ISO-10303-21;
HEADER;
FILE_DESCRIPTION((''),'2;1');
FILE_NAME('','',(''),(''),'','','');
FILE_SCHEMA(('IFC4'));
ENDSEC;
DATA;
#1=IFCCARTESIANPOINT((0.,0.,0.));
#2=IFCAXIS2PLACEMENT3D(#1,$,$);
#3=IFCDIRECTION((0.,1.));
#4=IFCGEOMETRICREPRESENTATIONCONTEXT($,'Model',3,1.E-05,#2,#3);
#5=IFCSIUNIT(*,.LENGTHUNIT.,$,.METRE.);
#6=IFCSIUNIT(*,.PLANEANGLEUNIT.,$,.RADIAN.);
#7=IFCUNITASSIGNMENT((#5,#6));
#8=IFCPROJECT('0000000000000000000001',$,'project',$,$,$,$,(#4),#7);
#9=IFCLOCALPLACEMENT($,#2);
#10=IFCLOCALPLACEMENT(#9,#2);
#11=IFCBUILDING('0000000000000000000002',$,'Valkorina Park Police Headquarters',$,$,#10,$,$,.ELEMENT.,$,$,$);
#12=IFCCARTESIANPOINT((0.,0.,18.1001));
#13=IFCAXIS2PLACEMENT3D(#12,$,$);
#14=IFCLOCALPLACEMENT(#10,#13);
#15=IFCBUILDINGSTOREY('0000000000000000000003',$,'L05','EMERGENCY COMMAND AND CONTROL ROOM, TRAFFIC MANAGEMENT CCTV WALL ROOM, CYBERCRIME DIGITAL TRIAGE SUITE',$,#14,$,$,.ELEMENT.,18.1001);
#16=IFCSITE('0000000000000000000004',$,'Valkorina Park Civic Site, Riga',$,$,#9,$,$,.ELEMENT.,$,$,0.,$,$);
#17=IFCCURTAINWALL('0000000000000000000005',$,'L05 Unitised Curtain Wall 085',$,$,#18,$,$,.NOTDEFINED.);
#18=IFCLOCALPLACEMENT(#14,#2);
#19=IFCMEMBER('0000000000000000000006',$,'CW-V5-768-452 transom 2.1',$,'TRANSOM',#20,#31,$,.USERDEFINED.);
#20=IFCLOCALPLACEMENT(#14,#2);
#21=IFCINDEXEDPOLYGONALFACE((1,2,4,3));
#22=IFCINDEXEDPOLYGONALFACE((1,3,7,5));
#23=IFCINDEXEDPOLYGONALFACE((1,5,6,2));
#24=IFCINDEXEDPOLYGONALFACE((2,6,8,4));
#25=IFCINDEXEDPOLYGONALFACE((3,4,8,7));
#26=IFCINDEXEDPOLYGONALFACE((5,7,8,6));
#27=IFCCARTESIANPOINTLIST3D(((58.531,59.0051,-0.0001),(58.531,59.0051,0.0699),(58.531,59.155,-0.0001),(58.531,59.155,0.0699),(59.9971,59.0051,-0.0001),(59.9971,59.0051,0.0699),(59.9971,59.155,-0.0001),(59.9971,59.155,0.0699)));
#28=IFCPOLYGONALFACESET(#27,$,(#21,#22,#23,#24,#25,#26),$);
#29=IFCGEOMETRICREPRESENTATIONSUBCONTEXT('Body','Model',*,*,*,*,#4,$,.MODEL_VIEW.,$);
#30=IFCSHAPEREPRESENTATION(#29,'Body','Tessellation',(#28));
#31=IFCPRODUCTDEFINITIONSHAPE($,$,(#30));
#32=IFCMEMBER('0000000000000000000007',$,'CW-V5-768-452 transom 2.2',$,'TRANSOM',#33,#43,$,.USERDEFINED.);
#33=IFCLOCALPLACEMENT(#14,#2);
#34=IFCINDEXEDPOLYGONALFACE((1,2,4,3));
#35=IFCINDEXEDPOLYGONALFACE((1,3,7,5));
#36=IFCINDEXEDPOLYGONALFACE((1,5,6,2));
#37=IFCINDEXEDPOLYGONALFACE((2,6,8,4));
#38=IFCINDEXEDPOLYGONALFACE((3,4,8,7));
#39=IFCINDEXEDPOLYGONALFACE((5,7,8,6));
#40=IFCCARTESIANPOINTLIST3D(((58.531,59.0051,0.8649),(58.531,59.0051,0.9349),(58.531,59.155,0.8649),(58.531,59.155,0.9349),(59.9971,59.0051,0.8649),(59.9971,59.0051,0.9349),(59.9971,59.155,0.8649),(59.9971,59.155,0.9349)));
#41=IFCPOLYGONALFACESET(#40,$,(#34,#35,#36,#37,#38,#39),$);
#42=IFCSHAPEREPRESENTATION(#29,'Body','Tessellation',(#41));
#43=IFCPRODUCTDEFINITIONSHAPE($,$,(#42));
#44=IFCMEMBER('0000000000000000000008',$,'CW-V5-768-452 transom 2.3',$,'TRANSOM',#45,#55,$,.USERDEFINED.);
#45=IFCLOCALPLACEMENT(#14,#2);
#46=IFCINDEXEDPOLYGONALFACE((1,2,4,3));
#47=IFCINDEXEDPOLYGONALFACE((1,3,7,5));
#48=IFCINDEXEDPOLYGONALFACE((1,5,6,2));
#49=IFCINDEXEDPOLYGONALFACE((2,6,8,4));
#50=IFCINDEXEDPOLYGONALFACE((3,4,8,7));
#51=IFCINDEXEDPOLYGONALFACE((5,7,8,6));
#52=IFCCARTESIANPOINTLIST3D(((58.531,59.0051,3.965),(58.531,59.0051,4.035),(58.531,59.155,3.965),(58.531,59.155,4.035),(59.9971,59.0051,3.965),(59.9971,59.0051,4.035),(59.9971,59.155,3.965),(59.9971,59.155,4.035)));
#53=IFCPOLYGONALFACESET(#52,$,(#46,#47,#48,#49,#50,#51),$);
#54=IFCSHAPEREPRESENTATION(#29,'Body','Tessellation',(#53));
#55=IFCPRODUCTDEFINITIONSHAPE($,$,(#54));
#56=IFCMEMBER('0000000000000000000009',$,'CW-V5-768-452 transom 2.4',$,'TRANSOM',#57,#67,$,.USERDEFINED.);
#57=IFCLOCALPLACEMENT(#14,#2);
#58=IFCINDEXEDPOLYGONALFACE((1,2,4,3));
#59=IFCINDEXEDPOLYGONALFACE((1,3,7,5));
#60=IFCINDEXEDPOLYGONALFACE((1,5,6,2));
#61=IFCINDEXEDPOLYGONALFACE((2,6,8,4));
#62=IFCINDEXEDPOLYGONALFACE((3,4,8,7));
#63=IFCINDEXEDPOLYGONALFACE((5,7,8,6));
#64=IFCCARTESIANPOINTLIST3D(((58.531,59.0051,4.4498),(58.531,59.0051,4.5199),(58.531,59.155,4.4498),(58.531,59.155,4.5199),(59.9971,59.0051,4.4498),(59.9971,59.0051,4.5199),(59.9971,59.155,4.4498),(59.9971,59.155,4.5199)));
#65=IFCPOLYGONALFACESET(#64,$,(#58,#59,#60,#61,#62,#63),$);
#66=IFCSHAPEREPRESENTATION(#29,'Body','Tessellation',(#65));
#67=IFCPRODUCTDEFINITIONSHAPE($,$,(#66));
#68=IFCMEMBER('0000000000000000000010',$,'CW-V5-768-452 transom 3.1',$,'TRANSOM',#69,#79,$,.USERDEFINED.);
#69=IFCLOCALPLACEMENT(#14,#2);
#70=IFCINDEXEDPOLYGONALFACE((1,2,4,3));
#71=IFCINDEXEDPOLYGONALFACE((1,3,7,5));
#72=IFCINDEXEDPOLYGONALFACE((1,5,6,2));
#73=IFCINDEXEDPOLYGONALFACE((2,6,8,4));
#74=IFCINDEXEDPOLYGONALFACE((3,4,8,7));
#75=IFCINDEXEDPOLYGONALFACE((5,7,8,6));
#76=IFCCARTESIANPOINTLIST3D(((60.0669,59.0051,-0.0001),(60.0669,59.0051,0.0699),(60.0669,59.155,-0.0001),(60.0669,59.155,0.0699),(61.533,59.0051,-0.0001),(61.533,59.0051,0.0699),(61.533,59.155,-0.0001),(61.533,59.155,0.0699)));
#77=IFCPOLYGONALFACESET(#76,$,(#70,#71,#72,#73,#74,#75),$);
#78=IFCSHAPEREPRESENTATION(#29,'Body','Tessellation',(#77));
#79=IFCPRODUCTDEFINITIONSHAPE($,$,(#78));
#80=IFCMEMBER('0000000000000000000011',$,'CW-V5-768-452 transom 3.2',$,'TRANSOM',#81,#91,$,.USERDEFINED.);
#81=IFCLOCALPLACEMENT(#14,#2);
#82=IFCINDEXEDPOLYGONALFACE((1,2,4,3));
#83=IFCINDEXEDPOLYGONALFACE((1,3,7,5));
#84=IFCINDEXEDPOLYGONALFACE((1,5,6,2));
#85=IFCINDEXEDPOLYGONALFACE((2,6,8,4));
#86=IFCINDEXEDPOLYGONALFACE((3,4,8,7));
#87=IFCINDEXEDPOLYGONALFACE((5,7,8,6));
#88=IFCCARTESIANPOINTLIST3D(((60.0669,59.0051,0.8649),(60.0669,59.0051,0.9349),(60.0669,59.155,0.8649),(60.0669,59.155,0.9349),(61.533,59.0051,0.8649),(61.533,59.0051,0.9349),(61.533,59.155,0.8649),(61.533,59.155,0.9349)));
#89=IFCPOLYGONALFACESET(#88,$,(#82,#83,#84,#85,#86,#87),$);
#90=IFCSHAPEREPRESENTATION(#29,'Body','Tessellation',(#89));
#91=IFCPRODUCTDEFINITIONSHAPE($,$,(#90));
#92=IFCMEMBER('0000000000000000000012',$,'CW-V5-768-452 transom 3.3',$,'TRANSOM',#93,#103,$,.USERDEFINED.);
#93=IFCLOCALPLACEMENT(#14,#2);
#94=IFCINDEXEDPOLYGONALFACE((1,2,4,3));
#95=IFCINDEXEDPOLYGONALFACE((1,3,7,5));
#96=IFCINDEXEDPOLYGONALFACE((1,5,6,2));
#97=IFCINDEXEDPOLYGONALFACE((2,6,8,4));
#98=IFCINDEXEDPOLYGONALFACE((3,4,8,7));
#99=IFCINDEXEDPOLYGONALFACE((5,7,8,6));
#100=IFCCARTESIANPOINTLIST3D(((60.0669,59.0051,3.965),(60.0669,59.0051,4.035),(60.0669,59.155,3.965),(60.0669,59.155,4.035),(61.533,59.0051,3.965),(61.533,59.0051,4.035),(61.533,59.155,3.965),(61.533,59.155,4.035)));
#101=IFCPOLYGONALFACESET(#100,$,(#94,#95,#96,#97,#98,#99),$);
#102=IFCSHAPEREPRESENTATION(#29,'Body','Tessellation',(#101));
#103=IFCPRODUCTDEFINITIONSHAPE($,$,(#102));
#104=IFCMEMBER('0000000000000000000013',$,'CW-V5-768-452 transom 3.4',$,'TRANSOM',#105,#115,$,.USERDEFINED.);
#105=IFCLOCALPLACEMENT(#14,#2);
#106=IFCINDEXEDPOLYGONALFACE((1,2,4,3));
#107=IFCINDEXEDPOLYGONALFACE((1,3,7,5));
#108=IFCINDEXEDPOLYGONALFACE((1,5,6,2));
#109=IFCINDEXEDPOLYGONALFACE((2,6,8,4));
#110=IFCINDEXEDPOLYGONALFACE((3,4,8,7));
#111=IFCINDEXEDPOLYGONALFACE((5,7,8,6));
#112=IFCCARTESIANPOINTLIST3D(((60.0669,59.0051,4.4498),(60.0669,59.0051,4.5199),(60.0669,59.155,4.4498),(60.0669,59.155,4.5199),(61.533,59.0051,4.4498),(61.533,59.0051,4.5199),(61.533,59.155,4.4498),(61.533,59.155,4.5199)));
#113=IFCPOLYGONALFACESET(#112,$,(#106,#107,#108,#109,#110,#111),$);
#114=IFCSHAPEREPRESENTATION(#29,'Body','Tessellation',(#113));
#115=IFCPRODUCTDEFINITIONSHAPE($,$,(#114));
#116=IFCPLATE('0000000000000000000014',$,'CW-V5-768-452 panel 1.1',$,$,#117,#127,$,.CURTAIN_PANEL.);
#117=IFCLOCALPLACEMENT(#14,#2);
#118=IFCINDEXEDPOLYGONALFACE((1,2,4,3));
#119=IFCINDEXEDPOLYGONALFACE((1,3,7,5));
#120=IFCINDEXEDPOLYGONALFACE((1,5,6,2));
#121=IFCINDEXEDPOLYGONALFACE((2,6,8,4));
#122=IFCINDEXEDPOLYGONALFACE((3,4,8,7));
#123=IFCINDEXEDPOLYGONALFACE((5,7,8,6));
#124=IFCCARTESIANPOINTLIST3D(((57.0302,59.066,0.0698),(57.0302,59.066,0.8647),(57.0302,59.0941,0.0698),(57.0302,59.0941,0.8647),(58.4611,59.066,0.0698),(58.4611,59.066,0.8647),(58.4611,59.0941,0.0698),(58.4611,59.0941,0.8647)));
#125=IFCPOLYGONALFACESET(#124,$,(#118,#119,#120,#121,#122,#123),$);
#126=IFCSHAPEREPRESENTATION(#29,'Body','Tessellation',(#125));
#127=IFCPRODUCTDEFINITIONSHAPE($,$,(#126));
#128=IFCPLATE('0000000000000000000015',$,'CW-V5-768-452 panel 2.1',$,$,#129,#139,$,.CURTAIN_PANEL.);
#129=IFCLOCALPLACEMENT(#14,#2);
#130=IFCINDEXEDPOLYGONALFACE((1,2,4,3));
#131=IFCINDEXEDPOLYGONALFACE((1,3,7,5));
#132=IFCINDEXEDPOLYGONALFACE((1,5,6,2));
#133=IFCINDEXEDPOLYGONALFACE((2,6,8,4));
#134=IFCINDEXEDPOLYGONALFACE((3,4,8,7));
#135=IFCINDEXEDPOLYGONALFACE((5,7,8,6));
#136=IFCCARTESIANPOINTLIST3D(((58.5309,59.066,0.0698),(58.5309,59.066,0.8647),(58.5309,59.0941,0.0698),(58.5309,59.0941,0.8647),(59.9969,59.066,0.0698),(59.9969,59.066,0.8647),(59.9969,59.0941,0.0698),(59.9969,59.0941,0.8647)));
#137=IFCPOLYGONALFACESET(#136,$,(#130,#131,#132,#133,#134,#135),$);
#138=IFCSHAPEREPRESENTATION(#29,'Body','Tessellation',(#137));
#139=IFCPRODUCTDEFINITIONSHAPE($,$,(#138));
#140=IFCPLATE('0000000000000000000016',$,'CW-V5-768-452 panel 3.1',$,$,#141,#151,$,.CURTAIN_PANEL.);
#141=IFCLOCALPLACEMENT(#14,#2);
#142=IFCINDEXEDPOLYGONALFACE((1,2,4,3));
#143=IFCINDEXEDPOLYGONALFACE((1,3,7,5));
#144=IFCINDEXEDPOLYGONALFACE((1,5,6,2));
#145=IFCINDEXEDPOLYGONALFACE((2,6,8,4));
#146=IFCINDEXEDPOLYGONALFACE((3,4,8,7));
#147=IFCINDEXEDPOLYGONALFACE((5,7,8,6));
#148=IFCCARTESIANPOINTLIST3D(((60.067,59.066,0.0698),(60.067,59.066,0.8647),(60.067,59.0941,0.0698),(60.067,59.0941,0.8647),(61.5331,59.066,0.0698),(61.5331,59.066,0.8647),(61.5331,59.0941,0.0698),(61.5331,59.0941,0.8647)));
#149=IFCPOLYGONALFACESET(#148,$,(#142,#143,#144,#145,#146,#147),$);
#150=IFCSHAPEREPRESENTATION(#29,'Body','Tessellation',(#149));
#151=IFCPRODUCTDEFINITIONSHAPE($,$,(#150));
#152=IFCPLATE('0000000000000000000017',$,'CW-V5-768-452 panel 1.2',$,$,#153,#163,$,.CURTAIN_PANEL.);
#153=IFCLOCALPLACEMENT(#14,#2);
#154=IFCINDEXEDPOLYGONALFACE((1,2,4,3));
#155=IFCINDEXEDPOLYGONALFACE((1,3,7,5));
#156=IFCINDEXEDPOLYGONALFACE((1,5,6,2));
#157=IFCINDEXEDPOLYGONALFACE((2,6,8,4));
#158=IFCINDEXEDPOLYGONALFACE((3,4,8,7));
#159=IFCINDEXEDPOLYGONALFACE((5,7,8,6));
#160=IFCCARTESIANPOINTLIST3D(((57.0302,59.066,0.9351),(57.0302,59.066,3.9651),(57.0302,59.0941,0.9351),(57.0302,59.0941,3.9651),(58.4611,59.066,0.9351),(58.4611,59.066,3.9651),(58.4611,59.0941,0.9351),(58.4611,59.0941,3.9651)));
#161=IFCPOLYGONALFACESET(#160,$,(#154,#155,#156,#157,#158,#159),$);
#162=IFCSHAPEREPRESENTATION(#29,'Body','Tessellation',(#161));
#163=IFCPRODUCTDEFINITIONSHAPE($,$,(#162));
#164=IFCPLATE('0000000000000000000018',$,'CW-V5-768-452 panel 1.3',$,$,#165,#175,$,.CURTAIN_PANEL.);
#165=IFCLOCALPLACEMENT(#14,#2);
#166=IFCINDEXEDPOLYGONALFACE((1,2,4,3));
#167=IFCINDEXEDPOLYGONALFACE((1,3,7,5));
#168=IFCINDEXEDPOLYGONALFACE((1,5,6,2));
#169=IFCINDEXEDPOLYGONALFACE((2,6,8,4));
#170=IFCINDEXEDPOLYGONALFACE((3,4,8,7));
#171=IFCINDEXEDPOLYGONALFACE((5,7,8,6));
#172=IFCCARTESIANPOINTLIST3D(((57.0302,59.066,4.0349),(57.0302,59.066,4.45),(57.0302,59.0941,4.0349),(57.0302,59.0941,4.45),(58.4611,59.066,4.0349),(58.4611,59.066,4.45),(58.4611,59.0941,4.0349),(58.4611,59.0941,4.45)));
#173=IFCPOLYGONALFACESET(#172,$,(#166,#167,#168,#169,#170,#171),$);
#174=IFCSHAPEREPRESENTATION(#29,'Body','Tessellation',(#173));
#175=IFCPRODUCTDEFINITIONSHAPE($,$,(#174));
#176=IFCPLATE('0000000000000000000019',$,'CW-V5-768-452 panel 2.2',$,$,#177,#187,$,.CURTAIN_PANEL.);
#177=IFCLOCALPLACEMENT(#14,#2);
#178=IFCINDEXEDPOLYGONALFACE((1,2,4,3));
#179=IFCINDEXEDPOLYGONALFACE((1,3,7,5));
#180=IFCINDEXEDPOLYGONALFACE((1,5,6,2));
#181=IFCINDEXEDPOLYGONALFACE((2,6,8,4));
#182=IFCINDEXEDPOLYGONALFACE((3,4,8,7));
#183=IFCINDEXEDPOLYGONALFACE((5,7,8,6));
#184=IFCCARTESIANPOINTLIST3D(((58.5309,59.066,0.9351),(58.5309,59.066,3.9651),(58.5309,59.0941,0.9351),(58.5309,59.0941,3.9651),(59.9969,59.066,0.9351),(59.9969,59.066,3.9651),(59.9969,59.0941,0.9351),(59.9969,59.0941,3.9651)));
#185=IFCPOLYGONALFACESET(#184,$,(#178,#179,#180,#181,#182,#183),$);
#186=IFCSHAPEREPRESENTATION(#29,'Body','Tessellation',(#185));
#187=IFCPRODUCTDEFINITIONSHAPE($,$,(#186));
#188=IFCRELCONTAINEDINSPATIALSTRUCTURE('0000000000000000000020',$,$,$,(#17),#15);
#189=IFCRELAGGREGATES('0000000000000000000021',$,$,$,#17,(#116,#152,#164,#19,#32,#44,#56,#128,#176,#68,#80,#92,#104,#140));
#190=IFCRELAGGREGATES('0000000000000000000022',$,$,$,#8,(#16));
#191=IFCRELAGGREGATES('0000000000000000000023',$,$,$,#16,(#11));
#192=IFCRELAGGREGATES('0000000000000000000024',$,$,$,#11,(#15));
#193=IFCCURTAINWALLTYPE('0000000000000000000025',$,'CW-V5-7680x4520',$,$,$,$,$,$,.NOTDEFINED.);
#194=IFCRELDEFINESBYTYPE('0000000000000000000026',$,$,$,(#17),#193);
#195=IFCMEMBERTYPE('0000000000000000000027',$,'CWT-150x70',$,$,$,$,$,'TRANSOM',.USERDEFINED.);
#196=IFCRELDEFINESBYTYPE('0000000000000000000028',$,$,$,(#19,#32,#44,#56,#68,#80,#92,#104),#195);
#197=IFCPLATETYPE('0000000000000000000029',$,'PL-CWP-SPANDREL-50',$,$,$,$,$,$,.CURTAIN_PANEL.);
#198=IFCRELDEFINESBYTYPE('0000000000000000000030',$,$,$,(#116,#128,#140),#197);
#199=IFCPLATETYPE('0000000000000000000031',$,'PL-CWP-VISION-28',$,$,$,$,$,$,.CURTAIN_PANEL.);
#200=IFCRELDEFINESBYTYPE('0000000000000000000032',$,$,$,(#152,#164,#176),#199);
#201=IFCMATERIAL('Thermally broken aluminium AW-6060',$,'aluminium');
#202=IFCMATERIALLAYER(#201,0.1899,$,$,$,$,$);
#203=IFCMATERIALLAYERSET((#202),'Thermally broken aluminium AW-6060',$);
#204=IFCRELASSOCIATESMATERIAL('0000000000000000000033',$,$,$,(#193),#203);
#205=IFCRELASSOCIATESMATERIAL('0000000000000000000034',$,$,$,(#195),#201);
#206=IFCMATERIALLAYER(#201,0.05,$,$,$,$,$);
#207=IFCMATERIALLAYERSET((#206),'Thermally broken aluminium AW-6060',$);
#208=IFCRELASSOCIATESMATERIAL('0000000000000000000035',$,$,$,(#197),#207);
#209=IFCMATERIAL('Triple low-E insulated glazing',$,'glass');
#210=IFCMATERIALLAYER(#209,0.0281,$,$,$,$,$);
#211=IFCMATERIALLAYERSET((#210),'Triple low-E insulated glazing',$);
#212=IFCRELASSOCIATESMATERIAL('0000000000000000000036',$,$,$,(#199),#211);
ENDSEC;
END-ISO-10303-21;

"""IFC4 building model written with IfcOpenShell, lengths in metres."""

from ifc_helpers import new_model, si_unit, direction, frame, origin, origin_2d, place, context, subcontext, project, spatial, rectangle, extrude, material, layer, layer_set, material_profile, profile_set, type_object, element, aggregate, save


model = new_model("IFC4")

# Units and contexts
model_context = context("Model", 3, precision=1e-05, world=origin(), true_north=direction((0.0, 1.0)))
body_context = subcontext(model_context, "Body", "Model", "MODEL_VIEW")
ifc_project = project(units=[si_unit("LENGTHUNIT", "METRE"), si_unit("PLANEANGLEUNIT", "RADIAN")], contexts=[model_context])

# Site, building, storey
site_placement = place(None, origin())
site = spatial("IfcSite", under=ifc_project, at=site_placement, Name="Valkorina Park Civic Site, Riga", CompositionType="ELEMENT", RefElevation=0.0)
building_placement = place(site_placement, origin())
building = spatial("IfcBuilding", under=site, at=building_placement, Name="Valkorina Park Police Headquarters", CompositionType="ELEMENT")
storey_placement = place(building_placement, frame((0.0, 0.0, 18.1001)))
storey = spatial("IfcBuildingStorey", under=building, at=storey_placement, Name="L05", Description="EMERGENCY COMMAND AND CONTROL ROOM, TRAFFIC MANAGEMENT CCTV WALL ROOM, CYBERCRIME DIGITAL TRIAGE SUITE", CompositionType="ELEMENT", Elevation=18.1001)

# Curtain wall, members, plates
ifc_material_1 = material(Name="Thermally broken aluminium AW-6060", Category="aluminium")
ifc_layer_1 = layer(ifc_material_1, 0.1899)
ifc_layer_set_1 = layer_set([ifc_layer_1], Name="Thermally broken aluminium AW-6060")
curtain_wall_type = type_object("IfcCurtainWallType", Name="CW-V5-7680x4520", PredefinedType="NOTDEFINED", material=ifc_layer_set_1)
curtain_wall_placement = place(storey_placement, origin())
curtain_wall = element("IfcCurtainWall", 1, at=curtain_wall_placement, inside=storey, type_object=curtain_wall_type, Name="L05 Unitised Curtain Wall 085", PredefinedType="NOTDEFINED")
ifc_material_profile_1 = material_profile(ifc_material_1, rectangle(XDim=0.1499, YDim=0.0701, at=origin_2d()), Name="CWT-02 150x70")
ifc_profile_set_1 = profile_set([ifc_material_profile_1], Name="Thermally broken aluminium AW-6060")
member_type_1 = type_object("IfcMemberType", Name="CWT-150x70", ElementType="TRANSOM", PredefinedType="USERDEFINED", material=ifc_profile_set_1)
member_1_placement = place(storey_placement, frame((58.531, 59.0801, 0.0349), z_axis=(1.0, 0.0, 0.0), x_axis=(0.0, 1.0, 0.0)))
member_1 = element("IfcMember", 2, at=member_1_placement, type_object=member_type_1, Name="CW-V5-768-452 transom 2.1", ObjectType="TRANSOM", PredefinedType="USERDEFINED", context=body_context, shape_type="SweptSolid", body=[
    extrude(rectangle(XDim=0.1499, YDim=0.0701, at=origin_2d()), origin(), (0.0, 0.0, 1.0), 1.4661),
])
member_2_placement = place(storey_placement, frame((58.531, 59.0801, 0.8999), z_axis=(1.0, 0.0, 0.0), x_axis=(0.0, 1.0, 0.0)))
member_2 = element("IfcMember", 3, at=member_2_placement, type_object=member_type_1, Name="CW-V5-768-452 transom 2.2", ObjectType="TRANSOM", PredefinedType="USERDEFINED", context=body_context, shape_type="SweptSolid", body=[
    extrude(rectangle(XDim=0.1499, YDim=0.0701, at=origin_2d()), origin(), (0.0, 0.0, 1.0), 1.4661),
])
member_3_placement = place(storey_placement, frame((58.531, 59.0801, 4.0), z_axis=(1.0, 0.0, 0.0), x_axis=(0.0, 1.0, 0.0)))
member_3 = element("IfcMember", 4, at=member_3_placement, type_object=member_type_1, Name="CW-V5-768-452 transom 2.3", ObjectType="TRANSOM", PredefinedType="USERDEFINED", context=body_context, shape_type="SweptSolid", body=[
    extrude(rectangle(XDim=0.1499, YDim=0.0701, at=origin_2d()), origin(), (0.0, 0.0, 1.0), 1.4661),
])
member_4_placement = place(storey_placement, frame((58.531, 59.0801, 4.4849), z_axis=(1.0, 0.0, 0.0), x_axis=(0.0, 1.0, 0.0)))
member_4 = element("IfcMember", 5, at=member_4_placement, type_object=member_type_1, Name="CW-V5-768-452 transom 2.4", ObjectType="TRANSOM", PredefinedType="USERDEFINED", context=body_context, shape_type="SweptSolid", body=[
    extrude(rectangle(XDim=0.1499, YDim=0.0701, at=origin_2d()), origin(), (0.0, 0.0, 1.0), 1.4661),
])
member_5_placement = place(storey_placement, frame((60.0669, 59.0801, 0.0349), z_axis=(1.0, 0.0, 0.0), x_axis=(0.0, 1.0, 0.0)))
member_5 = element("IfcMember", 6, at=member_5_placement, type_object=member_type_1, Name="CW-V5-768-452 transom 3.1", ObjectType="TRANSOM", PredefinedType="USERDEFINED", context=body_context, shape_type="SweptSolid", body=[
    extrude(rectangle(XDim=0.1499, YDim=0.0701, at=origin_2d()), origin(), (0.0, 0.0, 1.0), 1.4661),
])
member_6_placement = place(storey_placement, frame((60.0669, 59.0801, 0.8999), z_axis=(1.0, 0.0, 0.0), x_axis=(0.0, 1.0, 0.0)))
member_6 = element("IfcMember", 7, at=member_6_placement, type_object=member_type_1, Name="CW-V5-768-452 transom 3.2", ObjectType="TRANSOM", PredefinedType="USERDEFINED", context=body_context, shape_type="SweptSolid", body=[
    extrude(rectangle(XDim=0.1499, YDim=0.0701, at=origin_2d()), origin(), (0.0, 0.0, 1.0), 1.4661),
])
member_7_placement = place(storey_placement, frame((60.0669, 59.0801, 4.0), z_axis=(1.0, 0.0, 0.0), x_axis=(0.0, 1.0, 0.0)))
member_7 = element("IfcMember", 8, at=member_7_placement, type_object=member_type_1, Name="CW-V5-768-452 transom 3.3", ObjectType="TRANSOM", PredefinedType="USERDEFINED", context=body_context, shape_type="SweptSolid", body=[
    extrude(rectangle(XDim=0.1499, YDim=0.0701, at=origin_2d()), origin(), (0.0, 0.0, 1.0), 1.4661),
])
member_8_placement = place(storey_placement, frame((60.0669, 59.0801, 4.4849), z_axis=(1.0, 0.0, 0.0), x_axis=(0.0, 1.0, 0.0)))
member_8 = element("IfcMember", 9, at=member_8_placement, type_object=member_type_1, Name="CW-V5-768-452 transom 3.4", ObjectType="TRANSOM", PredefinedType="USERDEFINED", context=body_context, shape_type="SweptSolid", body=[
    extrude(rectangle(XDim=0.1499, YDim=0.0701, at=origin_2d()), origin(), (0.0, 0.0, 1.0), 1.4661),
])
ifc_layer_2 = layer(ifc_material_1, 0.05)
ifc_layer_set_2 = layer_set([ifc_layer_2], Name="Thermally broken aluminium AW-6060")
plate_type_1 = type_object("IfcPlateType", Name="PL-CWP-SPANDREL-50", PredefinedType="CURTAIN_PANEL", material=ifc_layer_set_2)
plate_1_placement = place(storey_placement, frame((57.7456, 59.0801, 0.0698), z_axis=(0.0, 0.0, 1.0), x_axis=(1.0, 0.0, 0.0)))
plate_1 = element("IfcPlate", 10, at=plate_1_placement, type_object=plate_type_1, Name="CW-V5-768-452 panel 1.1", PredefinedType="CURTAIN_PANEL", context=body_context, shape_type="SweptSolid", body=[
    extrude(rectangle(XDim=1.4309, YDim=0.0281, at=origin_2d()), origin(), (0.0, 0.0, 1.0), 0.7949),
])
plate_2_placement = place(storey_placement, frame((59.2639, 59.0801, 0.0698), z_axis=(0.0, 0.0, 1.0), x_axis=(1.0, 0.0, 0.0)))
plate_2 = element("IfcPlate", 11, at=plate_2_placement, type_object=plate_type_1, Name="CW-V5-768-452 panel 2.1", PredefinedType="CURTAIN_PANEL", context=body_context, shape_type="SweptSolid", body=[
    extrude(rectangle(XDim=1.4661, YDim=0.0281, at=origin_2d()), origin(), (0.0, 0.0, 1.0), 0.7949),
])
plate_3_placement = place(storey_placement, frame((60.8, 59.0801, 0.0698), z_axis=(0.0, 0.0, 1.0), x_axis=(1.0, 0.0, 0.0)))
plate_3 = element("IfcPlate", 12, at=plate_3_placement, type_object=plate_type_1, Name="CW-V5-768-452 panel 3.1", PredefinedType="CURTAIN_PANEL", context=body_context, shape_type="SweptSolid", body=[
    extrude(rectangle(XDim=1.4661, YDim=0.0281, at=origin_2d()), origin(), (0.0, 0.0, 1.0), 0.7949),
])
ifc_material_2 = material(Name="Triple low-E insulated glazing", Category="glass")
ifc_layer_3 = layer(ifc_material_2, 0.0281)
ifc_layer_set_3 = layer_set([ifc_layer_3], Name="Triple low-E insulated glazing")
plate_type_2 = type_object("IfcPlateType", Name="PL-CWP-VISION-28", PredefinedType="CURTAIN_PANEL", material=ifc_layer_set_3)
plate_4_placement = place(storey_placement, frame((57.7456, 59.0801, 0.9351), z_axis=(0.0, 0.0, 1.0), x_axis=(1.0, 0.0, 0.0)))
plate_4 = element("IfcPlate", 13, at=plate_4_placement, type_object=plate_type_2, Name="CW-V5-768-452 panel 1.2", PredefinedType="CURTAIN_PANEL", context=body_context, shape_type="SweptSolid", body=[
    extrude(rectangle(XDim=1.4309, YDim=0.0281, at=origin_2d()), origin(), (0.0, 0.0, 1.0), 3.03),
])
plate_5_placement = place(storey_placement, frame((57.7456, 59.0801, 4.0349), z_axis=(0.0, 0.0, 1.0), x_axis=(1.0, 0.0, 0.0)))
plate_5 = element("IfcPlate", 14, at=plate_5_placement, type_object=plate_type_2, Name="CW-V5-768-452 panel 1.3", PredefinedType="CURTAIN_PANEL", context=body_context, shape_type="SweptSolid", body=[
    extrude(rectangle(XDim=1.4309, YDim=0.0281, at=origin_2d()), origin(), (0.0, 0.0, 1.0), 0.415),
])
plate_6_placement = place(storey_placement, frame((59.2639, 59.0801, 0.9351), z_axis=(0.0, 0.0, 1.0), x_axis=(1.0, 0.0, 0.0)))
plate_6 = element("IfcPlate", 15, at=plate_6_placement, type_object=plate_type_2, Name="CW-V5-768-452 panel 2.2", PredefinedType="CURTAIN_PANEL", context=body_context, shape_type="SweptSolid", body=[
    extrude(rectangle(XDim=1.4661, YDim=0.0281, at=origin_2d()), origin(), (0.0, 0.0, 1.0), 3.03),
])
aggregate(curtain_wall, [plate_1, plate_4, plate_5, member_1, member_2, member_3, member_4, plate_2, plate_6, member_5, member_6, member_7, member_8, plate_3])

save(model, "model.ifc")
